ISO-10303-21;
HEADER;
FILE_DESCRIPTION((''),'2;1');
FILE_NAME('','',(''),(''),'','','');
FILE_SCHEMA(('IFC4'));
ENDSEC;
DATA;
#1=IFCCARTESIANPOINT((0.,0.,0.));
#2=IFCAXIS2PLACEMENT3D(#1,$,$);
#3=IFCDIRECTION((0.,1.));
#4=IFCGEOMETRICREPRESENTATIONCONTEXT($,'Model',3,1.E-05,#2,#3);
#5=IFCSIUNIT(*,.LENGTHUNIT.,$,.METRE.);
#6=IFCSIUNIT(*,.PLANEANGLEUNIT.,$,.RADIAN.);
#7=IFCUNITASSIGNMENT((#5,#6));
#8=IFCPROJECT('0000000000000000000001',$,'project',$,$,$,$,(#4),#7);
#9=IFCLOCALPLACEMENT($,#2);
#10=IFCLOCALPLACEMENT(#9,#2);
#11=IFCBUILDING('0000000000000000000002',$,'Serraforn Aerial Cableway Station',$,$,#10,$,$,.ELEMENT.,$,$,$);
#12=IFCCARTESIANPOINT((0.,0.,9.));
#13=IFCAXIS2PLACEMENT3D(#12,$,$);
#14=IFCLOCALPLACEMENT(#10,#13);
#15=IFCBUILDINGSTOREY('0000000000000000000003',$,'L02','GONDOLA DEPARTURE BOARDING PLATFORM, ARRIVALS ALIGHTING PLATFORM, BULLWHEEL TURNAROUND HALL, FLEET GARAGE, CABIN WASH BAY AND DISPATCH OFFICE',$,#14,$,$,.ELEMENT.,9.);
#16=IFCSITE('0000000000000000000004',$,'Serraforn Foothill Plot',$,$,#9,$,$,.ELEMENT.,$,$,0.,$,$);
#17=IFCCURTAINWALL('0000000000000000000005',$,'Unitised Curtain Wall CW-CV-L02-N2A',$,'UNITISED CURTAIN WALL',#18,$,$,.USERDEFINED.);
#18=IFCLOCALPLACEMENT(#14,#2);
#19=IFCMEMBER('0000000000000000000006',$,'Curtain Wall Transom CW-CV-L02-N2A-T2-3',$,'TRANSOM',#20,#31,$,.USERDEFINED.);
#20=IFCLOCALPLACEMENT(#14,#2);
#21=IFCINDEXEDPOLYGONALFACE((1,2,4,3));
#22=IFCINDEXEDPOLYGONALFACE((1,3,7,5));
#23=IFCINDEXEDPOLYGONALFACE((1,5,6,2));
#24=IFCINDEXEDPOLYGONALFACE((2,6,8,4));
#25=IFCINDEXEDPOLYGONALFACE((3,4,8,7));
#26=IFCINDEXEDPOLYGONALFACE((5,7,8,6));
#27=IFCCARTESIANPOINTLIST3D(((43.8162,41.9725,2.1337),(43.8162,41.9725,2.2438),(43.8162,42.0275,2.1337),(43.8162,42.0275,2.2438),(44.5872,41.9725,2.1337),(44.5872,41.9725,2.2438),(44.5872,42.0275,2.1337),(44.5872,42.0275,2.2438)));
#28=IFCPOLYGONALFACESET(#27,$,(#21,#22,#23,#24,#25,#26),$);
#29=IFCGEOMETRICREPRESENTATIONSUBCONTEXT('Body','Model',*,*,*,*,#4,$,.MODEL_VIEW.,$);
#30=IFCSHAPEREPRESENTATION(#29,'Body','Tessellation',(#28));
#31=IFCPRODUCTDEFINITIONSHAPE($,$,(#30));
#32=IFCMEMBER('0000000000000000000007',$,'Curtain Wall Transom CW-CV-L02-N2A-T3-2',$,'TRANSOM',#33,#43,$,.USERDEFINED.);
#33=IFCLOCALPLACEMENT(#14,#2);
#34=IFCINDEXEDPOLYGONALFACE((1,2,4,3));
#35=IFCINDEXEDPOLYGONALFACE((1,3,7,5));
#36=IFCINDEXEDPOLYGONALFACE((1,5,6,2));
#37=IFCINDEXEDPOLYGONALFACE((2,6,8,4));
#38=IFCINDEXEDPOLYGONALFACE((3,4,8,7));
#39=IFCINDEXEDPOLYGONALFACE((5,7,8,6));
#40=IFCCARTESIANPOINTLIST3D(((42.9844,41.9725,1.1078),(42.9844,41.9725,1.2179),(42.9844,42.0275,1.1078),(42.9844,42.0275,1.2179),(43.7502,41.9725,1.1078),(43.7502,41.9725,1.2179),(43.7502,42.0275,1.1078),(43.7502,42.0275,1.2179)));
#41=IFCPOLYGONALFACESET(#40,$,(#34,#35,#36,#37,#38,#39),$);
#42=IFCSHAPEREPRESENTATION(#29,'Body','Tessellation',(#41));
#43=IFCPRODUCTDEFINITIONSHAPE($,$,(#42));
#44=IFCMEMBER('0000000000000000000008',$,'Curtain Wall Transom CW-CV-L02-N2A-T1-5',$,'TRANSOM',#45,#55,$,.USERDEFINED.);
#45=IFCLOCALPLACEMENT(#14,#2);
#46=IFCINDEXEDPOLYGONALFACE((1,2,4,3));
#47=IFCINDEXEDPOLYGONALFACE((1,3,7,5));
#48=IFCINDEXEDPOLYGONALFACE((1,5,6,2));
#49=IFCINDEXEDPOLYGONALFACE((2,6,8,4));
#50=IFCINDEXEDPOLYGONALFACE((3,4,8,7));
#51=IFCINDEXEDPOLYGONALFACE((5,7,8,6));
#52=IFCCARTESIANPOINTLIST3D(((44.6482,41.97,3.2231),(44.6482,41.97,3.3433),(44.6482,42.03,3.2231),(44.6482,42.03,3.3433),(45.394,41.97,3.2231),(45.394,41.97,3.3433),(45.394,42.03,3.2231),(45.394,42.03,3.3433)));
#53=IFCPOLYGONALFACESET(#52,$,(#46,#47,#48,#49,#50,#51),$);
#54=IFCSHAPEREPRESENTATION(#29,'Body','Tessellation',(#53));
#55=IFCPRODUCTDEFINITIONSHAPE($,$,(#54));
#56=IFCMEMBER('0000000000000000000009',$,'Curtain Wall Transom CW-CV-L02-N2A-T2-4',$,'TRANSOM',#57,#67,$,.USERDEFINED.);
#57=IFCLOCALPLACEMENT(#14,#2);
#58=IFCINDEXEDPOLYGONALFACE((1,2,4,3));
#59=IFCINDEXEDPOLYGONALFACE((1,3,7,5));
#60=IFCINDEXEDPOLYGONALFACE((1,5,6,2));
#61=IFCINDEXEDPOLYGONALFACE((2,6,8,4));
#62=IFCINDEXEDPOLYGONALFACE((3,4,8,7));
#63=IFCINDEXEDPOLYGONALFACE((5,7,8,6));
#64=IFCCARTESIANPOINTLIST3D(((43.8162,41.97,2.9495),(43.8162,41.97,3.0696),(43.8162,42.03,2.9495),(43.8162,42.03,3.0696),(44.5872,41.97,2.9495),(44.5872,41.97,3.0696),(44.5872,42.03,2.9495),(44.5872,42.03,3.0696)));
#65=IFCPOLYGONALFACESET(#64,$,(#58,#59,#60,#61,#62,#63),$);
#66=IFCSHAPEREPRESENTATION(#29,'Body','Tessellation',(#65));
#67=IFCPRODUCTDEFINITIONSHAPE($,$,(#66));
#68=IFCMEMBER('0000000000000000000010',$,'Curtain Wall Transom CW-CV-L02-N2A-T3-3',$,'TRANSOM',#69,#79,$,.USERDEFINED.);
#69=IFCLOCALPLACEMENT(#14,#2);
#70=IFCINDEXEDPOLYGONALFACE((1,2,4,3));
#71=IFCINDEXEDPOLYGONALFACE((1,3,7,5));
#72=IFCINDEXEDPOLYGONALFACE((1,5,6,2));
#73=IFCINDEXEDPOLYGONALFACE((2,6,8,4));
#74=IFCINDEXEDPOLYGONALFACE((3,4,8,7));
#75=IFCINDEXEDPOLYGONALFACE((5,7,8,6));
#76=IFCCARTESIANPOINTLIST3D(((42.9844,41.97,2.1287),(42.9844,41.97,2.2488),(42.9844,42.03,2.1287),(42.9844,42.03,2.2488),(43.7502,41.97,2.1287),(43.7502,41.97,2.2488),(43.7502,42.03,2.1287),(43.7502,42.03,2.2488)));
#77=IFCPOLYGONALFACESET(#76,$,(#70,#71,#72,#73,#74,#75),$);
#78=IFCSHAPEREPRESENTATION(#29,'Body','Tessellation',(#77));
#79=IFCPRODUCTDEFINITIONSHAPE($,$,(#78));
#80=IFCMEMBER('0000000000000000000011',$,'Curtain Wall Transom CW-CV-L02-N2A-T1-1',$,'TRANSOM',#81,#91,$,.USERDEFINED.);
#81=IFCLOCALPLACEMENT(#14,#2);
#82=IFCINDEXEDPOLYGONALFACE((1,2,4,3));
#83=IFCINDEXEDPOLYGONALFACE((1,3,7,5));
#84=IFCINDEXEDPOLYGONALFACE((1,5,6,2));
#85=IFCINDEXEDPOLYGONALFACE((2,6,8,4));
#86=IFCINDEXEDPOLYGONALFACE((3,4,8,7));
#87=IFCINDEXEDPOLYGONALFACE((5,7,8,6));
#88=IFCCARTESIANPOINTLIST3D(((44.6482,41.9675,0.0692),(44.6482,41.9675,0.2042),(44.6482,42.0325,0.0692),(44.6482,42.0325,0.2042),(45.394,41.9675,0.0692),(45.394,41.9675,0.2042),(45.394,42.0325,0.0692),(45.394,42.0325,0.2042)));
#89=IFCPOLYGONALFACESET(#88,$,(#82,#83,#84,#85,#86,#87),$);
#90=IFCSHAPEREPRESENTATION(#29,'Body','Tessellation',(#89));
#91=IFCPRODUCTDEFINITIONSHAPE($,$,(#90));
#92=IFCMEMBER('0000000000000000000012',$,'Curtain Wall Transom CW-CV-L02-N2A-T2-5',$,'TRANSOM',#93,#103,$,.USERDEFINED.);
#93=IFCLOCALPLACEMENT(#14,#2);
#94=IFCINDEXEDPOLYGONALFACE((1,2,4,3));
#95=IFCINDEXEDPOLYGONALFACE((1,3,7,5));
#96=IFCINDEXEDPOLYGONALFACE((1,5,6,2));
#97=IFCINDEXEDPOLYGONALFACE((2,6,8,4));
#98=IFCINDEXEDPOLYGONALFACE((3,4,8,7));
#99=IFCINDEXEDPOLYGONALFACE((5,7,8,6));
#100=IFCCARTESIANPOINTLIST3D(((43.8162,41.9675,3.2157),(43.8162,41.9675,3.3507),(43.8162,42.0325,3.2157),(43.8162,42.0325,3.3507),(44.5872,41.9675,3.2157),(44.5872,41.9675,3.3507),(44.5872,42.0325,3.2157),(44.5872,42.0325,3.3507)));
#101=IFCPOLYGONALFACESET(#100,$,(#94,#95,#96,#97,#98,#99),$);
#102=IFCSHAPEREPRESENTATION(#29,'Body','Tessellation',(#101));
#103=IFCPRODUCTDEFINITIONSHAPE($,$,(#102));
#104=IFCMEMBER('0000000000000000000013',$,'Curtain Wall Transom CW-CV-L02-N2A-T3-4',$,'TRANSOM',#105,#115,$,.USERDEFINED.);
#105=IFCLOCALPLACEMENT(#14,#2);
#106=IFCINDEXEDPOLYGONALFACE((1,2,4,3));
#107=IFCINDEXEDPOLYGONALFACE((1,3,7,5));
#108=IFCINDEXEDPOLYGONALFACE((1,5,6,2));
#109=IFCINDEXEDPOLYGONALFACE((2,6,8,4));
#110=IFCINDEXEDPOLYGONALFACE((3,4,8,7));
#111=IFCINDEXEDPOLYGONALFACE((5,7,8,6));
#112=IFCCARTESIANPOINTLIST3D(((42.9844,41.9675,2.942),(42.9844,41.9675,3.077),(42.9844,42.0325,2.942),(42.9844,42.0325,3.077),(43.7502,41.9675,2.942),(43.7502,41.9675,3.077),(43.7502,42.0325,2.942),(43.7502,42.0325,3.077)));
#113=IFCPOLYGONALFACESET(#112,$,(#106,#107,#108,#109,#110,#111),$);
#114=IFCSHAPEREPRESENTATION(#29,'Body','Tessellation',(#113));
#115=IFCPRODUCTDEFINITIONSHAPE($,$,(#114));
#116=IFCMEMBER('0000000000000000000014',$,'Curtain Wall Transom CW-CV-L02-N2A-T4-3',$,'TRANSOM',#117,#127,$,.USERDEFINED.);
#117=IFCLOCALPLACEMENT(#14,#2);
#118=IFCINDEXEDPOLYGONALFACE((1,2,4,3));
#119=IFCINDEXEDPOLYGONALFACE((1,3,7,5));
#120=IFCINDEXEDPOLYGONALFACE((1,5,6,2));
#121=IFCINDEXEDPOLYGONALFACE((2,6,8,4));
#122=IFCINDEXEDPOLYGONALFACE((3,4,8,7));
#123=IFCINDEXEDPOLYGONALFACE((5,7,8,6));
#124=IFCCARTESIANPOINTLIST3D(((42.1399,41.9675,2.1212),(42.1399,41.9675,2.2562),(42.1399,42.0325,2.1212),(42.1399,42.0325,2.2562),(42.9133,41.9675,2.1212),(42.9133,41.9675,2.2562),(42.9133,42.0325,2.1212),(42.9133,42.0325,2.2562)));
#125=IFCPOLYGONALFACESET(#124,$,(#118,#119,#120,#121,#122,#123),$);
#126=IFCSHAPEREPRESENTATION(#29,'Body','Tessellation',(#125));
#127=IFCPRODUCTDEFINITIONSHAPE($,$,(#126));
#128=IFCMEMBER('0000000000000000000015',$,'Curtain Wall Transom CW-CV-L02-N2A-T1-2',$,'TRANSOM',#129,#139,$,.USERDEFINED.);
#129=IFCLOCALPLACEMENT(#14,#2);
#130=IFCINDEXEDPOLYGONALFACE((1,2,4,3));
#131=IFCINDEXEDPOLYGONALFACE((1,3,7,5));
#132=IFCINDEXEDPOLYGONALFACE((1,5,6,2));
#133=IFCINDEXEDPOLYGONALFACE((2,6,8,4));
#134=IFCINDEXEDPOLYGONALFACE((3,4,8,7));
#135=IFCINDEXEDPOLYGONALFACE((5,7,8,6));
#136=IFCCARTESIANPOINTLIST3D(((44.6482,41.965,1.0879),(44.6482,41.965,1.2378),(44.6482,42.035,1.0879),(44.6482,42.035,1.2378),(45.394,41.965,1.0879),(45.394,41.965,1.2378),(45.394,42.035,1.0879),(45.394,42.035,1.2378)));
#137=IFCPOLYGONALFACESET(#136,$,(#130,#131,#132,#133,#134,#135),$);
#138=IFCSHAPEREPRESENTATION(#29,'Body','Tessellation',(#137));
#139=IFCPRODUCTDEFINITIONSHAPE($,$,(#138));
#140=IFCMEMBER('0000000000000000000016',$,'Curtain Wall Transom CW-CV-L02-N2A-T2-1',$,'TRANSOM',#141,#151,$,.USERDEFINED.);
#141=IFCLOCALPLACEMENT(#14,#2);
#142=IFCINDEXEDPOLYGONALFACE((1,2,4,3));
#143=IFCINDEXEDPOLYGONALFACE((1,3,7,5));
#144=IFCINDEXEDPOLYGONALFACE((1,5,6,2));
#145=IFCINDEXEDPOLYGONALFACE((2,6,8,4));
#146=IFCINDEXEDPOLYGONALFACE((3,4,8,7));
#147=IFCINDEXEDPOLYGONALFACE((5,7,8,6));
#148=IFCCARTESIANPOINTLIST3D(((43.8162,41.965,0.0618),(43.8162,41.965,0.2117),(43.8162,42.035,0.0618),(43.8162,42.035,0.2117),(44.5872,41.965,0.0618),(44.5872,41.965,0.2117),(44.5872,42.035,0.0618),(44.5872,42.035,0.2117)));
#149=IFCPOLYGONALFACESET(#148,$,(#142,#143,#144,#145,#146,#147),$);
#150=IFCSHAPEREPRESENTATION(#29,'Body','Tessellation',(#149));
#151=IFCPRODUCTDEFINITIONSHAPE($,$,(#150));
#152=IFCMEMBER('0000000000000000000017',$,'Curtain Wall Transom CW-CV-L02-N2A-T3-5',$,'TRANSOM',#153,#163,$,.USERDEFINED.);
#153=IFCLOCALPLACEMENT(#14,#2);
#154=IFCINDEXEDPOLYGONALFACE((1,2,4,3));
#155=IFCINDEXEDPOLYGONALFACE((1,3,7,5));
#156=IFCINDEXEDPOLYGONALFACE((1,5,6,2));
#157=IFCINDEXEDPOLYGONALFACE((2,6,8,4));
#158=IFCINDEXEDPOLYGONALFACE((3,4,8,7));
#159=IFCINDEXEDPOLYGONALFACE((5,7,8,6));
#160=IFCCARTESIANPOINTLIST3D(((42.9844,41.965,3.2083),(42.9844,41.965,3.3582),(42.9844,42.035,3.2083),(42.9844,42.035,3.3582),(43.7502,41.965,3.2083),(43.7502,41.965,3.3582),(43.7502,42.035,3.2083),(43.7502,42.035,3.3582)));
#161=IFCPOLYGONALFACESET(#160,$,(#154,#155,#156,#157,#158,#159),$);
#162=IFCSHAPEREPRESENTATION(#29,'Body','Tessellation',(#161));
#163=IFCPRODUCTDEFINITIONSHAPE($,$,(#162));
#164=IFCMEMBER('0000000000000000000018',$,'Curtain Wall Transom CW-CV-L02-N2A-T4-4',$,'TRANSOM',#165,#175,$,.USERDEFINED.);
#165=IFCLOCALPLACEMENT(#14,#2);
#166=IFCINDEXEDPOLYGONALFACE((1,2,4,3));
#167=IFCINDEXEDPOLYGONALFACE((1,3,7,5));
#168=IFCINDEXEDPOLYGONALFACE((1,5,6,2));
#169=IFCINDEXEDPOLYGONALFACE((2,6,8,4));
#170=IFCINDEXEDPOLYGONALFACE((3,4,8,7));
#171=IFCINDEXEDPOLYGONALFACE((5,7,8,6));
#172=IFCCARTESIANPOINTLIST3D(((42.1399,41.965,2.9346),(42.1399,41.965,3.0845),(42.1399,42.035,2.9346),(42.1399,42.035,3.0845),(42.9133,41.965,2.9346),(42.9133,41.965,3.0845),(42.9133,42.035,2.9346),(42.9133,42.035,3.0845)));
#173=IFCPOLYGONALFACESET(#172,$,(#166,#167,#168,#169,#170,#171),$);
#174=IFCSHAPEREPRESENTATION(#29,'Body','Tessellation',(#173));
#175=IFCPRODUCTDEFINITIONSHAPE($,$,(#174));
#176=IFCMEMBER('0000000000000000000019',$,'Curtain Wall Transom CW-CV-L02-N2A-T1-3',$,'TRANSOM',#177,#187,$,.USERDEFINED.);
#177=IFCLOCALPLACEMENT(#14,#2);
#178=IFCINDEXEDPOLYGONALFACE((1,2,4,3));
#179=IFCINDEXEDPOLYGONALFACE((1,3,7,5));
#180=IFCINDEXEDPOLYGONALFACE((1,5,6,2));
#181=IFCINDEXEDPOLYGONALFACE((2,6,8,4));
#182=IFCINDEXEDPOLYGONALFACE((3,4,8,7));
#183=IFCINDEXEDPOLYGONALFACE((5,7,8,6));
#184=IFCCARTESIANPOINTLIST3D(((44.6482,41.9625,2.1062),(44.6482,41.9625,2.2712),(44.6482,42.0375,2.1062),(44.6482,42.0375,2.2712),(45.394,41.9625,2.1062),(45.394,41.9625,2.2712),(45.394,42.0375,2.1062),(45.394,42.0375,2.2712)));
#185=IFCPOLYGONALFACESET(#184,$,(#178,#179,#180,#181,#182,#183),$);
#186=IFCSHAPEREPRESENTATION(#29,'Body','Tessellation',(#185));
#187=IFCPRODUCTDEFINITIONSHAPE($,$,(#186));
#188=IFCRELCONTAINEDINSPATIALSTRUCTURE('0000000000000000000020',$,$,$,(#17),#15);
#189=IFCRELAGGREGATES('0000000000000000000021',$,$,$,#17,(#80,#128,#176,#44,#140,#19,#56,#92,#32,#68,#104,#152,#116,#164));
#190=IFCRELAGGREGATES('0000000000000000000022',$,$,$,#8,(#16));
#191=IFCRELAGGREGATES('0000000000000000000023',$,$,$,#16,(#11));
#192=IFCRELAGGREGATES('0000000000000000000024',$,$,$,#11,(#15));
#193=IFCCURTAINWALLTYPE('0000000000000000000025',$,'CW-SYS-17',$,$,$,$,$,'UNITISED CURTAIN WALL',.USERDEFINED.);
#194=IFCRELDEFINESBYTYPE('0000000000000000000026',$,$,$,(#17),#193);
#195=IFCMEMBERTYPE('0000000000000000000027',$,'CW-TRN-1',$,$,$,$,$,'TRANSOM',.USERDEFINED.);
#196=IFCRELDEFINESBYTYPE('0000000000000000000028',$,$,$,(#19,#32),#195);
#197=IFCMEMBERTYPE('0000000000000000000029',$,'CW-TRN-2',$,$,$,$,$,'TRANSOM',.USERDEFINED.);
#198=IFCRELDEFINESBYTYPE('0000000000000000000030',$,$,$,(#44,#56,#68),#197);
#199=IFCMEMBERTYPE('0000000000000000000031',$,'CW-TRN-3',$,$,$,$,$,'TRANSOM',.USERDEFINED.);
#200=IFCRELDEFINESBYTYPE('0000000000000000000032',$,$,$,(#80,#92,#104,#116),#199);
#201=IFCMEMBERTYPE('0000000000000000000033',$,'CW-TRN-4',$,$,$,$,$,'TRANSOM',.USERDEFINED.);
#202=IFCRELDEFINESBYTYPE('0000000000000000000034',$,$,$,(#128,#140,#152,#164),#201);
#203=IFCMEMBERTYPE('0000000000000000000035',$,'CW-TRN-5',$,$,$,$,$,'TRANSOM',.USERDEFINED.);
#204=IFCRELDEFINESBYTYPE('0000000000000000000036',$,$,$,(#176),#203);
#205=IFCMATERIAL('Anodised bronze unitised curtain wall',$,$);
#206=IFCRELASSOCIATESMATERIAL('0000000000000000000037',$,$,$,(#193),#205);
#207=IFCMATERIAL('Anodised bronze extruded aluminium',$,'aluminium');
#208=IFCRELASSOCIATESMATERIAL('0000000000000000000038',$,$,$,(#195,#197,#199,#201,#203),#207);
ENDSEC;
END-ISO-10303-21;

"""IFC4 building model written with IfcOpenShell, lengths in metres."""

from ifc_helpers import new_model, si_unit, direction, frame, origin, origin_2d, place, context, subcontext, project, spatial, rectangle, extrude, material, material_profile, profile_set, type_object, element, aggregate, save


model = new_model("IFC4")

# Units and contexts
model_context = context("Model", 3, precision=1e-05, world=origin(), true_north=direction((0.0, 1.0)))
body_context = subcontext(model_context, "Body", "Model", "MODEL_VIEW")
ifc_project = project(units=[si_unit("LENGTHUNIT", "METRE"), si_unit("PLANEANGLEUNIT", "RADIAN")], contexts=[model_context])

# Site, building, storey
site_placement = place(None, origin())
site = spatial("IfcSite", under=ifc_project, at=site_placement, Name="Serraforn Foothill Plot", CompositionType="ELEMENT", RefElevation=0.0)
building_placement = place(site_placement, origin())
building = spatial("IfcBuilding", under=site, at=building_placement, Name="Serraforn Aerial Cableway Station", CompositionType="ELEMENT")
storey_placement = place(building_placement, frame((0.0, 0.0, 9.0)))
storey = spatial("IfcBuildingStorey", under=building, at=storey_placement, Name="L02", Description="GONDOLA DEPARTURE BOARDING PLATFORM, ARRIVALS ALIGHTING PLATFORM, BULLWHEEL TURNAROUND HALL, FLEET GARAGE, CABIN WASH BAY AND DISPATCH OFFICE", CompositionType="ELEMENT", Elevation=9.0)

# Curtain wall, members
ifc_material_1 = material(Name="Anodised bronze unitised curtain wall")
curtain_wall_type = type_object("IfcCurtainWallType", Name="CW-SYS-17", ElementType="UNITISED CURTAIN WALL", PredefinedType="USERDEFINED", material=ifc_material_1)
curtain_wall_placement = place(storey_placement, origin())
curtain_wall = element("IfcCurtainWall", 1, at=curtain_wall_placement, inside=storey, type_object=curtain_wall_type, Name="Unitised Curtain Wall CW-CV-L02-N2A", ObjectType="UNITISED CURTAIN WALL", PredefinedType="USERDEFINED")
ifc_material_2 = material(Name="Anodised bronze extruded aluminium", Category="aluminium")
ifc_material_profile_1 = material_profile(ifc_material_2, rectangle(XDim=0.0549, YDim=0.1101, at=origin_2d()), Name="CW TRANSOM 55x110")
ifc_profile_set_1 = profile_set([ifc_material_profile_1], Name="Anodised bronze extruded aluminium")
member_type_1 = type_object("IfcMemberType", Name="CW-TRN-1", ElementType="TRANSOM", PredefinedType="USERDEFINED", material=ifc_profile_set_1)
member_1_placement = place(storey_placement, frame((44.5872, 42.0, 2.1887), z_axis=(-1.0, 0.0, 0.0), x_axis=(0.0, -1.0, 0.0)))
member_1 = element("IfcMember", 2, at=member_1_placement, type_object=member_type_1, Name="Curtain Wall Transom CW-CV-L02-N2A-T2-3", ObjectType="TRANSOM", PredefinedType="USERDEFINED", context=body_context, shape_type="SweptSolid", body=[
    extrude(rectangle(XDim=0.0549, YDim=0.1101, at=origin_2d()), origin(), (0.0, 0.0, 1.0), 0.771),
])
member_2_placement = place(storey_placement, frame((43.7502, 42.0, 1.1628), z_axis=(-1.0, 0.0, 0.0), x_axis=(0.0, -1.0, 0.0)))
member_2 = element("IfcMember", 3, at=member_2_placement, type_object=member_type_1, Name="Curtain Wall Transom CW-CV-L02-N2A-T3-2", ObjectType="TRANSOM", PredefinedType="USERDEFINED", context=body_context, shape_type="SweptSolid", body=[
    extrude(rectangle(XDim=0.0549, YDim=0.1101, at=origin_2d()), origin(), (0.0, 0.0, 1.0), 0.7659),
])
ifc_material_profile_2 = material_profile(ifc_material_2, rectangle(XDim=0.0601, YDim=0.1201, at=origin_2d()), Name="CW TRANSOM 60x120")
ifc_profile_set_2 = profile_set([ifc_material_profile_2], Name="Anodised bronze extruded aluminium")
member_type_2 = type_object("IfcMemberType", Name="CW-TRN-2", ElementType="TRANSOM", PredefinedType="USERDEFINED", material=ifc_profile_set_2)
member_3_placement = place(storey_placement, frame((45.394, 42.0, 3.2832), z_axis=(-1.0, 0.0, 0.0), x_axis=(0.0, -1.0, 0.0)))
member_3 = element("IfcMember", 4, at=member_3_placement, type_object=member_type_2, Name="Curtain Wall Transom CW-CV-L02-N2A-T1-5", ObjectType="TRANSOM", PredefinedType="USERDEFINED", context=body_context, shape_type="SweptSolid", body=[
    extrude(rectangle(XDim=0.0601, YDim=0.1201, at=origin_2d()), origin(), (0.0, 0.0, 1.0), 0.7458),
])
member_4_placement = place(storey_placement, frame((44.5872, 42.0, 3.0095), z_axis=(-1.0, 0.0, 0.0), x_axis=(0.0, -1.0, 0.0)))
member_4 = element("IfcMember", 5, at=member_4_placement, type_object=member_type_2, Name="Curtain Wall Transom CW-CV-L02-N2A-T2-4", ObjectType="TRANSOM", PredefinedType="USERDEFINED", context=body_context, shape_type="SweptSolid", body=[
    extrude(rectangle(XDim=0.0601, YDim=0.1201, at=origin_2d()), origin(), (0.0, 0.0, 1.0), 0.771),
])
member_5_placement = place(storey_placement, frame((43.7502, 42.0, 2.1887), z_axis=(-1.0, 0.0, 0.0), x_axis=(0.0, -1.0, 0.0)))
member_5 = element("IfcMember", 6, at=member_5_placement, type_object=member_type_2, Name="Curtain Wall Transom CW-CV-L02-N2A-T3-3", ObjectType="TRANSOM", PredefinedType="USERDEFINED", context=body_context, shape_type="SweptSolid", body=[
    extrude(rectangle(XDim=0.0601, YDim=0.1201, at=origin_2d()), origin(), (0.0, 0.0, 1.0), 0.7659),
])
ifc_material_profile_3 = material_profile(ifc_material_2, rectangle(XDim=0.0649, YDim=0.135, at=origin_2d()), Name="CW TRANSOM 65x135")
ifc_profile_set_3 = profile_set([ifc_material_profile_3], Name="Anodised bronze extruded aluminium")
member_type_3 = type_object("IfcMemberType", Name="CW-TRN-3", ElementType="TRANSOM", PredefinedType="USERDEFINED", material=ifc_profile_set_3)
member_6_placement = place(storey_placement, frame((45.394, 42.0, 0.1367), z_axis=(-1.0, 0.0, 0.0), x_axis=(0.0, -1.0, 0.0)))
member_6 = element("IfcMember", 7, at=member_6_placement, type_object=member_type_3, Name="Curtain Wall Transom CW-CV-L02-N2A-T1-1", ObjectType="TRANSOM", PredefinedType="USERDEFINED", context=body_context, shape_type="SweptSolid", body=[
    extrude(rectangle(XDim=0.0649, YDim=0.135, at=origin_2d()), origin(), (0.0, 0.0, 1.0), 0.7458),
])
member_7_placement = place(storey_placement, frame((44.5872, 42.0, 3.2832), z_axis=(-1.0, 0.0, 0.0), x_axis=(0.0, -1.0, 0.0)))
member_7 = element("IfcMember", 8, at=member_7_placement, type_object=member_type_3, Name="Curtain Wall Transom CW-CV-L02-N2A-T2-5", ObjectType="TRANSOM", PredefinedType="USERDEFINED", context=body_context, shape_type="SweptSolid", body=[
    extrude(rectangle(XDim=0.0649, YDim=0.135, at=origin_2d()), origin(), (0.0, 0.0, 1.0), 0.771),
])
member_8_placement = place(storey_placement, frame((43.7502, 42.0, 3.0095), z_axis=(-1.0, 0.0, 0.0), x_axis=(0.0, -1.0, 0.0)))
member_8 = element("IfcMember", 9, at=member_8_placement, type_object=member_type_3, Name="Curtain Wall Transom CW-CV-L02-N2A-T3-4", ObjectType="TRANSOM", PredefinedType="USERDEFINED", context=body_context, shape_type="SweptSolid", body=[
    extrude(rectangle(XDim=0.0649, YDim=0.135, at=origin_2d()), origin(), (0.0, 0.0, 1.0), 0.7659),
])
member_9_placement = place(storey_placement, frame((42.9133, 42.0, 2.1887), z_axis=(-1.0, 0.0, 0.0), x_axis=(0.0, -1.0, 0.0)))
member_9 = element("IfcMember", 10, at=member_9_placement, type_object=member_type_3, Name="Curtain Wall Transom CW-CV-L02-N2A-T4-3", ObjectType="TRANSOM", PredefinedType="USERDEFINED", context=body_context, shape_type="SweptSolid", body=[
    extrude(rectangle(XDim=0.0649, YDim=0.135, at=origin_2d()), origin(), (0.0, 0.0, 1.0), 0.7734),
])
ifc_material_profile_4 = material_profile(ifc_material_2, rectangle(XDim=0.0701, YDim=0.1499, at=origin_2d()), Name="CW TRANSOM 70x150")
ifc_profile_set_4 = profile_set([ifc_material_profile_4], Name="Anodised bronze extruded aluminium")
member_type_4 = type_object("IfcMemberType", Name="CW-TRN-4", ElementType="TRANSOM", PredefinedType="USERDEFINED", material=ifc_profile_set_4)
member_10_placement = place(storey_placement, frame((45.394, 42.0, 1.1628), z_axis=(-1.0, 0.0, 0.0), x_axis=(0.0, -1.0, 0.0)))
member_10 = element("IfcMember", 11, at=member_10_placement, type_object=member_type_4, Name="Curtain Wall Transom CW-CV-L02-N2A-T1-2", ObjectType="TRANSOM", PredefinedType="USERDEFINED", context=body_context, shape_type="SweptSolid", body=[
    extrude(rectangle(XDim=0.0701, YDim=0.1499, at=origin_2d()), origin(), (0.0, 0.0, 1.0), 0.7458),
])
member_11_placement = place(storey_placement, frame((44.5872, 42.0, 0.1367), z_axis=(-1.0, 0.0, 0.0), x_axis=(0.0, -1.0, 0.0)))
member_11 = element("IfcMember", 12, at=member_11_placement, type_object=member_type_4, Name="Curtain Wall Transom CW-CV-L02-N2A-T2-1", ObjectType="TRANSOM", PredefinedType="USERDEFINED", context=body_context, shape_type="SweptSolid", body=[
    extrude(rectangle(XDim=0.0701, YDim=0.1499, at=origin_2d()), origin(), (0.0, 0.0, 1.0), 0.771),
])
member_12_placement = place(storey_placement, frame((43.7502, 42.0, 3.2832), z_axis=(-1.0, 0.0, 0.0), x_axis=(0.0, -1.0, 0.0)))
member_12 = element("IfcMember", 13, at=member_12_placement, type_object=member_type_4, Name="Curtain Wall Transom CW-CV-L02-N2A-T3-5", ObjectType="TRANSOM", PredefinedType="USERDEFINED", context=body_context, shape_type="SweptSolid", body=[
    extrude(rectangle(XDim=0.0701, YDim=0.1499, at=origin_2d()), origin(), (0.0, 0.0, 1.0), 0.7659),
])
member_13_placement = place(storey_placement, frame((42.9133, 42.0, 3.0095), z_axis=(-1.0, 0.0, 0.0), x_axis=(0.0, -1.0, 0.0)))
member_13 = element("IfcMember", 14, at=member_13_placement, type_object=member_type_4, Name="Curtain Wall Transom CW-CV-L02-N2A-T4-4", ObjectType="TRANSOM", PredefinedType="USERDEFINED", context=body_context, shape_type="SweptSolid", body=[
    extrude(rectangle(XDim=0.0701, YDim=0.1499, at=origin_2d()), origin(), (0.0, 0.0, 1.0), 0.7734),
])
ifc_material_profile_5 = material_profile(ifc_material_2, rectangle(XDim=0.075, YDim=0.165, at=origin_2d()), Name="CW TRANSOM 75x165")
ifc_profile_set_5 = profile_set([ifc_material_profile_5], Name="Anodised bronze extruded aluminium")
member_type_5 = type_object("IfcMemberType", Name="CW-TRN-5", ElementType="TRANSOM", PredefinedType="USERDEFINED", material=ifc_profile_set_5)
member_14_placement = place(storey_placement, frame((45.394, 42.0, 2.1887), z_axis=(-1.0, 0.0, 0.0), x_axis=(0.0, -1.0, 0.0)))
member_14 = element("IfcMember", 15, at=member_14_placement, type_object=member_type_5, Name="Curtain Wall Transom CW-CV-L02-N2A-T1-3", ObjectType="TRANSOM", PredefinedType="USERDEFINED", context=body_context, shape_type="SweptSolid", body=[
    extrude(rectangle(XDim=0.075, YDim=0.165, at=origin_2d()), origin(), (0.0, 0.0, 1.0), 0.7458),
])
aggregate(curtain_wall, [member_6, member_10, member_14, member_3, member_11, member_1, member_4, member_7, member_2, member_5, member_8, member_12, member_9, member_13])

save(model, "model.ifc")
